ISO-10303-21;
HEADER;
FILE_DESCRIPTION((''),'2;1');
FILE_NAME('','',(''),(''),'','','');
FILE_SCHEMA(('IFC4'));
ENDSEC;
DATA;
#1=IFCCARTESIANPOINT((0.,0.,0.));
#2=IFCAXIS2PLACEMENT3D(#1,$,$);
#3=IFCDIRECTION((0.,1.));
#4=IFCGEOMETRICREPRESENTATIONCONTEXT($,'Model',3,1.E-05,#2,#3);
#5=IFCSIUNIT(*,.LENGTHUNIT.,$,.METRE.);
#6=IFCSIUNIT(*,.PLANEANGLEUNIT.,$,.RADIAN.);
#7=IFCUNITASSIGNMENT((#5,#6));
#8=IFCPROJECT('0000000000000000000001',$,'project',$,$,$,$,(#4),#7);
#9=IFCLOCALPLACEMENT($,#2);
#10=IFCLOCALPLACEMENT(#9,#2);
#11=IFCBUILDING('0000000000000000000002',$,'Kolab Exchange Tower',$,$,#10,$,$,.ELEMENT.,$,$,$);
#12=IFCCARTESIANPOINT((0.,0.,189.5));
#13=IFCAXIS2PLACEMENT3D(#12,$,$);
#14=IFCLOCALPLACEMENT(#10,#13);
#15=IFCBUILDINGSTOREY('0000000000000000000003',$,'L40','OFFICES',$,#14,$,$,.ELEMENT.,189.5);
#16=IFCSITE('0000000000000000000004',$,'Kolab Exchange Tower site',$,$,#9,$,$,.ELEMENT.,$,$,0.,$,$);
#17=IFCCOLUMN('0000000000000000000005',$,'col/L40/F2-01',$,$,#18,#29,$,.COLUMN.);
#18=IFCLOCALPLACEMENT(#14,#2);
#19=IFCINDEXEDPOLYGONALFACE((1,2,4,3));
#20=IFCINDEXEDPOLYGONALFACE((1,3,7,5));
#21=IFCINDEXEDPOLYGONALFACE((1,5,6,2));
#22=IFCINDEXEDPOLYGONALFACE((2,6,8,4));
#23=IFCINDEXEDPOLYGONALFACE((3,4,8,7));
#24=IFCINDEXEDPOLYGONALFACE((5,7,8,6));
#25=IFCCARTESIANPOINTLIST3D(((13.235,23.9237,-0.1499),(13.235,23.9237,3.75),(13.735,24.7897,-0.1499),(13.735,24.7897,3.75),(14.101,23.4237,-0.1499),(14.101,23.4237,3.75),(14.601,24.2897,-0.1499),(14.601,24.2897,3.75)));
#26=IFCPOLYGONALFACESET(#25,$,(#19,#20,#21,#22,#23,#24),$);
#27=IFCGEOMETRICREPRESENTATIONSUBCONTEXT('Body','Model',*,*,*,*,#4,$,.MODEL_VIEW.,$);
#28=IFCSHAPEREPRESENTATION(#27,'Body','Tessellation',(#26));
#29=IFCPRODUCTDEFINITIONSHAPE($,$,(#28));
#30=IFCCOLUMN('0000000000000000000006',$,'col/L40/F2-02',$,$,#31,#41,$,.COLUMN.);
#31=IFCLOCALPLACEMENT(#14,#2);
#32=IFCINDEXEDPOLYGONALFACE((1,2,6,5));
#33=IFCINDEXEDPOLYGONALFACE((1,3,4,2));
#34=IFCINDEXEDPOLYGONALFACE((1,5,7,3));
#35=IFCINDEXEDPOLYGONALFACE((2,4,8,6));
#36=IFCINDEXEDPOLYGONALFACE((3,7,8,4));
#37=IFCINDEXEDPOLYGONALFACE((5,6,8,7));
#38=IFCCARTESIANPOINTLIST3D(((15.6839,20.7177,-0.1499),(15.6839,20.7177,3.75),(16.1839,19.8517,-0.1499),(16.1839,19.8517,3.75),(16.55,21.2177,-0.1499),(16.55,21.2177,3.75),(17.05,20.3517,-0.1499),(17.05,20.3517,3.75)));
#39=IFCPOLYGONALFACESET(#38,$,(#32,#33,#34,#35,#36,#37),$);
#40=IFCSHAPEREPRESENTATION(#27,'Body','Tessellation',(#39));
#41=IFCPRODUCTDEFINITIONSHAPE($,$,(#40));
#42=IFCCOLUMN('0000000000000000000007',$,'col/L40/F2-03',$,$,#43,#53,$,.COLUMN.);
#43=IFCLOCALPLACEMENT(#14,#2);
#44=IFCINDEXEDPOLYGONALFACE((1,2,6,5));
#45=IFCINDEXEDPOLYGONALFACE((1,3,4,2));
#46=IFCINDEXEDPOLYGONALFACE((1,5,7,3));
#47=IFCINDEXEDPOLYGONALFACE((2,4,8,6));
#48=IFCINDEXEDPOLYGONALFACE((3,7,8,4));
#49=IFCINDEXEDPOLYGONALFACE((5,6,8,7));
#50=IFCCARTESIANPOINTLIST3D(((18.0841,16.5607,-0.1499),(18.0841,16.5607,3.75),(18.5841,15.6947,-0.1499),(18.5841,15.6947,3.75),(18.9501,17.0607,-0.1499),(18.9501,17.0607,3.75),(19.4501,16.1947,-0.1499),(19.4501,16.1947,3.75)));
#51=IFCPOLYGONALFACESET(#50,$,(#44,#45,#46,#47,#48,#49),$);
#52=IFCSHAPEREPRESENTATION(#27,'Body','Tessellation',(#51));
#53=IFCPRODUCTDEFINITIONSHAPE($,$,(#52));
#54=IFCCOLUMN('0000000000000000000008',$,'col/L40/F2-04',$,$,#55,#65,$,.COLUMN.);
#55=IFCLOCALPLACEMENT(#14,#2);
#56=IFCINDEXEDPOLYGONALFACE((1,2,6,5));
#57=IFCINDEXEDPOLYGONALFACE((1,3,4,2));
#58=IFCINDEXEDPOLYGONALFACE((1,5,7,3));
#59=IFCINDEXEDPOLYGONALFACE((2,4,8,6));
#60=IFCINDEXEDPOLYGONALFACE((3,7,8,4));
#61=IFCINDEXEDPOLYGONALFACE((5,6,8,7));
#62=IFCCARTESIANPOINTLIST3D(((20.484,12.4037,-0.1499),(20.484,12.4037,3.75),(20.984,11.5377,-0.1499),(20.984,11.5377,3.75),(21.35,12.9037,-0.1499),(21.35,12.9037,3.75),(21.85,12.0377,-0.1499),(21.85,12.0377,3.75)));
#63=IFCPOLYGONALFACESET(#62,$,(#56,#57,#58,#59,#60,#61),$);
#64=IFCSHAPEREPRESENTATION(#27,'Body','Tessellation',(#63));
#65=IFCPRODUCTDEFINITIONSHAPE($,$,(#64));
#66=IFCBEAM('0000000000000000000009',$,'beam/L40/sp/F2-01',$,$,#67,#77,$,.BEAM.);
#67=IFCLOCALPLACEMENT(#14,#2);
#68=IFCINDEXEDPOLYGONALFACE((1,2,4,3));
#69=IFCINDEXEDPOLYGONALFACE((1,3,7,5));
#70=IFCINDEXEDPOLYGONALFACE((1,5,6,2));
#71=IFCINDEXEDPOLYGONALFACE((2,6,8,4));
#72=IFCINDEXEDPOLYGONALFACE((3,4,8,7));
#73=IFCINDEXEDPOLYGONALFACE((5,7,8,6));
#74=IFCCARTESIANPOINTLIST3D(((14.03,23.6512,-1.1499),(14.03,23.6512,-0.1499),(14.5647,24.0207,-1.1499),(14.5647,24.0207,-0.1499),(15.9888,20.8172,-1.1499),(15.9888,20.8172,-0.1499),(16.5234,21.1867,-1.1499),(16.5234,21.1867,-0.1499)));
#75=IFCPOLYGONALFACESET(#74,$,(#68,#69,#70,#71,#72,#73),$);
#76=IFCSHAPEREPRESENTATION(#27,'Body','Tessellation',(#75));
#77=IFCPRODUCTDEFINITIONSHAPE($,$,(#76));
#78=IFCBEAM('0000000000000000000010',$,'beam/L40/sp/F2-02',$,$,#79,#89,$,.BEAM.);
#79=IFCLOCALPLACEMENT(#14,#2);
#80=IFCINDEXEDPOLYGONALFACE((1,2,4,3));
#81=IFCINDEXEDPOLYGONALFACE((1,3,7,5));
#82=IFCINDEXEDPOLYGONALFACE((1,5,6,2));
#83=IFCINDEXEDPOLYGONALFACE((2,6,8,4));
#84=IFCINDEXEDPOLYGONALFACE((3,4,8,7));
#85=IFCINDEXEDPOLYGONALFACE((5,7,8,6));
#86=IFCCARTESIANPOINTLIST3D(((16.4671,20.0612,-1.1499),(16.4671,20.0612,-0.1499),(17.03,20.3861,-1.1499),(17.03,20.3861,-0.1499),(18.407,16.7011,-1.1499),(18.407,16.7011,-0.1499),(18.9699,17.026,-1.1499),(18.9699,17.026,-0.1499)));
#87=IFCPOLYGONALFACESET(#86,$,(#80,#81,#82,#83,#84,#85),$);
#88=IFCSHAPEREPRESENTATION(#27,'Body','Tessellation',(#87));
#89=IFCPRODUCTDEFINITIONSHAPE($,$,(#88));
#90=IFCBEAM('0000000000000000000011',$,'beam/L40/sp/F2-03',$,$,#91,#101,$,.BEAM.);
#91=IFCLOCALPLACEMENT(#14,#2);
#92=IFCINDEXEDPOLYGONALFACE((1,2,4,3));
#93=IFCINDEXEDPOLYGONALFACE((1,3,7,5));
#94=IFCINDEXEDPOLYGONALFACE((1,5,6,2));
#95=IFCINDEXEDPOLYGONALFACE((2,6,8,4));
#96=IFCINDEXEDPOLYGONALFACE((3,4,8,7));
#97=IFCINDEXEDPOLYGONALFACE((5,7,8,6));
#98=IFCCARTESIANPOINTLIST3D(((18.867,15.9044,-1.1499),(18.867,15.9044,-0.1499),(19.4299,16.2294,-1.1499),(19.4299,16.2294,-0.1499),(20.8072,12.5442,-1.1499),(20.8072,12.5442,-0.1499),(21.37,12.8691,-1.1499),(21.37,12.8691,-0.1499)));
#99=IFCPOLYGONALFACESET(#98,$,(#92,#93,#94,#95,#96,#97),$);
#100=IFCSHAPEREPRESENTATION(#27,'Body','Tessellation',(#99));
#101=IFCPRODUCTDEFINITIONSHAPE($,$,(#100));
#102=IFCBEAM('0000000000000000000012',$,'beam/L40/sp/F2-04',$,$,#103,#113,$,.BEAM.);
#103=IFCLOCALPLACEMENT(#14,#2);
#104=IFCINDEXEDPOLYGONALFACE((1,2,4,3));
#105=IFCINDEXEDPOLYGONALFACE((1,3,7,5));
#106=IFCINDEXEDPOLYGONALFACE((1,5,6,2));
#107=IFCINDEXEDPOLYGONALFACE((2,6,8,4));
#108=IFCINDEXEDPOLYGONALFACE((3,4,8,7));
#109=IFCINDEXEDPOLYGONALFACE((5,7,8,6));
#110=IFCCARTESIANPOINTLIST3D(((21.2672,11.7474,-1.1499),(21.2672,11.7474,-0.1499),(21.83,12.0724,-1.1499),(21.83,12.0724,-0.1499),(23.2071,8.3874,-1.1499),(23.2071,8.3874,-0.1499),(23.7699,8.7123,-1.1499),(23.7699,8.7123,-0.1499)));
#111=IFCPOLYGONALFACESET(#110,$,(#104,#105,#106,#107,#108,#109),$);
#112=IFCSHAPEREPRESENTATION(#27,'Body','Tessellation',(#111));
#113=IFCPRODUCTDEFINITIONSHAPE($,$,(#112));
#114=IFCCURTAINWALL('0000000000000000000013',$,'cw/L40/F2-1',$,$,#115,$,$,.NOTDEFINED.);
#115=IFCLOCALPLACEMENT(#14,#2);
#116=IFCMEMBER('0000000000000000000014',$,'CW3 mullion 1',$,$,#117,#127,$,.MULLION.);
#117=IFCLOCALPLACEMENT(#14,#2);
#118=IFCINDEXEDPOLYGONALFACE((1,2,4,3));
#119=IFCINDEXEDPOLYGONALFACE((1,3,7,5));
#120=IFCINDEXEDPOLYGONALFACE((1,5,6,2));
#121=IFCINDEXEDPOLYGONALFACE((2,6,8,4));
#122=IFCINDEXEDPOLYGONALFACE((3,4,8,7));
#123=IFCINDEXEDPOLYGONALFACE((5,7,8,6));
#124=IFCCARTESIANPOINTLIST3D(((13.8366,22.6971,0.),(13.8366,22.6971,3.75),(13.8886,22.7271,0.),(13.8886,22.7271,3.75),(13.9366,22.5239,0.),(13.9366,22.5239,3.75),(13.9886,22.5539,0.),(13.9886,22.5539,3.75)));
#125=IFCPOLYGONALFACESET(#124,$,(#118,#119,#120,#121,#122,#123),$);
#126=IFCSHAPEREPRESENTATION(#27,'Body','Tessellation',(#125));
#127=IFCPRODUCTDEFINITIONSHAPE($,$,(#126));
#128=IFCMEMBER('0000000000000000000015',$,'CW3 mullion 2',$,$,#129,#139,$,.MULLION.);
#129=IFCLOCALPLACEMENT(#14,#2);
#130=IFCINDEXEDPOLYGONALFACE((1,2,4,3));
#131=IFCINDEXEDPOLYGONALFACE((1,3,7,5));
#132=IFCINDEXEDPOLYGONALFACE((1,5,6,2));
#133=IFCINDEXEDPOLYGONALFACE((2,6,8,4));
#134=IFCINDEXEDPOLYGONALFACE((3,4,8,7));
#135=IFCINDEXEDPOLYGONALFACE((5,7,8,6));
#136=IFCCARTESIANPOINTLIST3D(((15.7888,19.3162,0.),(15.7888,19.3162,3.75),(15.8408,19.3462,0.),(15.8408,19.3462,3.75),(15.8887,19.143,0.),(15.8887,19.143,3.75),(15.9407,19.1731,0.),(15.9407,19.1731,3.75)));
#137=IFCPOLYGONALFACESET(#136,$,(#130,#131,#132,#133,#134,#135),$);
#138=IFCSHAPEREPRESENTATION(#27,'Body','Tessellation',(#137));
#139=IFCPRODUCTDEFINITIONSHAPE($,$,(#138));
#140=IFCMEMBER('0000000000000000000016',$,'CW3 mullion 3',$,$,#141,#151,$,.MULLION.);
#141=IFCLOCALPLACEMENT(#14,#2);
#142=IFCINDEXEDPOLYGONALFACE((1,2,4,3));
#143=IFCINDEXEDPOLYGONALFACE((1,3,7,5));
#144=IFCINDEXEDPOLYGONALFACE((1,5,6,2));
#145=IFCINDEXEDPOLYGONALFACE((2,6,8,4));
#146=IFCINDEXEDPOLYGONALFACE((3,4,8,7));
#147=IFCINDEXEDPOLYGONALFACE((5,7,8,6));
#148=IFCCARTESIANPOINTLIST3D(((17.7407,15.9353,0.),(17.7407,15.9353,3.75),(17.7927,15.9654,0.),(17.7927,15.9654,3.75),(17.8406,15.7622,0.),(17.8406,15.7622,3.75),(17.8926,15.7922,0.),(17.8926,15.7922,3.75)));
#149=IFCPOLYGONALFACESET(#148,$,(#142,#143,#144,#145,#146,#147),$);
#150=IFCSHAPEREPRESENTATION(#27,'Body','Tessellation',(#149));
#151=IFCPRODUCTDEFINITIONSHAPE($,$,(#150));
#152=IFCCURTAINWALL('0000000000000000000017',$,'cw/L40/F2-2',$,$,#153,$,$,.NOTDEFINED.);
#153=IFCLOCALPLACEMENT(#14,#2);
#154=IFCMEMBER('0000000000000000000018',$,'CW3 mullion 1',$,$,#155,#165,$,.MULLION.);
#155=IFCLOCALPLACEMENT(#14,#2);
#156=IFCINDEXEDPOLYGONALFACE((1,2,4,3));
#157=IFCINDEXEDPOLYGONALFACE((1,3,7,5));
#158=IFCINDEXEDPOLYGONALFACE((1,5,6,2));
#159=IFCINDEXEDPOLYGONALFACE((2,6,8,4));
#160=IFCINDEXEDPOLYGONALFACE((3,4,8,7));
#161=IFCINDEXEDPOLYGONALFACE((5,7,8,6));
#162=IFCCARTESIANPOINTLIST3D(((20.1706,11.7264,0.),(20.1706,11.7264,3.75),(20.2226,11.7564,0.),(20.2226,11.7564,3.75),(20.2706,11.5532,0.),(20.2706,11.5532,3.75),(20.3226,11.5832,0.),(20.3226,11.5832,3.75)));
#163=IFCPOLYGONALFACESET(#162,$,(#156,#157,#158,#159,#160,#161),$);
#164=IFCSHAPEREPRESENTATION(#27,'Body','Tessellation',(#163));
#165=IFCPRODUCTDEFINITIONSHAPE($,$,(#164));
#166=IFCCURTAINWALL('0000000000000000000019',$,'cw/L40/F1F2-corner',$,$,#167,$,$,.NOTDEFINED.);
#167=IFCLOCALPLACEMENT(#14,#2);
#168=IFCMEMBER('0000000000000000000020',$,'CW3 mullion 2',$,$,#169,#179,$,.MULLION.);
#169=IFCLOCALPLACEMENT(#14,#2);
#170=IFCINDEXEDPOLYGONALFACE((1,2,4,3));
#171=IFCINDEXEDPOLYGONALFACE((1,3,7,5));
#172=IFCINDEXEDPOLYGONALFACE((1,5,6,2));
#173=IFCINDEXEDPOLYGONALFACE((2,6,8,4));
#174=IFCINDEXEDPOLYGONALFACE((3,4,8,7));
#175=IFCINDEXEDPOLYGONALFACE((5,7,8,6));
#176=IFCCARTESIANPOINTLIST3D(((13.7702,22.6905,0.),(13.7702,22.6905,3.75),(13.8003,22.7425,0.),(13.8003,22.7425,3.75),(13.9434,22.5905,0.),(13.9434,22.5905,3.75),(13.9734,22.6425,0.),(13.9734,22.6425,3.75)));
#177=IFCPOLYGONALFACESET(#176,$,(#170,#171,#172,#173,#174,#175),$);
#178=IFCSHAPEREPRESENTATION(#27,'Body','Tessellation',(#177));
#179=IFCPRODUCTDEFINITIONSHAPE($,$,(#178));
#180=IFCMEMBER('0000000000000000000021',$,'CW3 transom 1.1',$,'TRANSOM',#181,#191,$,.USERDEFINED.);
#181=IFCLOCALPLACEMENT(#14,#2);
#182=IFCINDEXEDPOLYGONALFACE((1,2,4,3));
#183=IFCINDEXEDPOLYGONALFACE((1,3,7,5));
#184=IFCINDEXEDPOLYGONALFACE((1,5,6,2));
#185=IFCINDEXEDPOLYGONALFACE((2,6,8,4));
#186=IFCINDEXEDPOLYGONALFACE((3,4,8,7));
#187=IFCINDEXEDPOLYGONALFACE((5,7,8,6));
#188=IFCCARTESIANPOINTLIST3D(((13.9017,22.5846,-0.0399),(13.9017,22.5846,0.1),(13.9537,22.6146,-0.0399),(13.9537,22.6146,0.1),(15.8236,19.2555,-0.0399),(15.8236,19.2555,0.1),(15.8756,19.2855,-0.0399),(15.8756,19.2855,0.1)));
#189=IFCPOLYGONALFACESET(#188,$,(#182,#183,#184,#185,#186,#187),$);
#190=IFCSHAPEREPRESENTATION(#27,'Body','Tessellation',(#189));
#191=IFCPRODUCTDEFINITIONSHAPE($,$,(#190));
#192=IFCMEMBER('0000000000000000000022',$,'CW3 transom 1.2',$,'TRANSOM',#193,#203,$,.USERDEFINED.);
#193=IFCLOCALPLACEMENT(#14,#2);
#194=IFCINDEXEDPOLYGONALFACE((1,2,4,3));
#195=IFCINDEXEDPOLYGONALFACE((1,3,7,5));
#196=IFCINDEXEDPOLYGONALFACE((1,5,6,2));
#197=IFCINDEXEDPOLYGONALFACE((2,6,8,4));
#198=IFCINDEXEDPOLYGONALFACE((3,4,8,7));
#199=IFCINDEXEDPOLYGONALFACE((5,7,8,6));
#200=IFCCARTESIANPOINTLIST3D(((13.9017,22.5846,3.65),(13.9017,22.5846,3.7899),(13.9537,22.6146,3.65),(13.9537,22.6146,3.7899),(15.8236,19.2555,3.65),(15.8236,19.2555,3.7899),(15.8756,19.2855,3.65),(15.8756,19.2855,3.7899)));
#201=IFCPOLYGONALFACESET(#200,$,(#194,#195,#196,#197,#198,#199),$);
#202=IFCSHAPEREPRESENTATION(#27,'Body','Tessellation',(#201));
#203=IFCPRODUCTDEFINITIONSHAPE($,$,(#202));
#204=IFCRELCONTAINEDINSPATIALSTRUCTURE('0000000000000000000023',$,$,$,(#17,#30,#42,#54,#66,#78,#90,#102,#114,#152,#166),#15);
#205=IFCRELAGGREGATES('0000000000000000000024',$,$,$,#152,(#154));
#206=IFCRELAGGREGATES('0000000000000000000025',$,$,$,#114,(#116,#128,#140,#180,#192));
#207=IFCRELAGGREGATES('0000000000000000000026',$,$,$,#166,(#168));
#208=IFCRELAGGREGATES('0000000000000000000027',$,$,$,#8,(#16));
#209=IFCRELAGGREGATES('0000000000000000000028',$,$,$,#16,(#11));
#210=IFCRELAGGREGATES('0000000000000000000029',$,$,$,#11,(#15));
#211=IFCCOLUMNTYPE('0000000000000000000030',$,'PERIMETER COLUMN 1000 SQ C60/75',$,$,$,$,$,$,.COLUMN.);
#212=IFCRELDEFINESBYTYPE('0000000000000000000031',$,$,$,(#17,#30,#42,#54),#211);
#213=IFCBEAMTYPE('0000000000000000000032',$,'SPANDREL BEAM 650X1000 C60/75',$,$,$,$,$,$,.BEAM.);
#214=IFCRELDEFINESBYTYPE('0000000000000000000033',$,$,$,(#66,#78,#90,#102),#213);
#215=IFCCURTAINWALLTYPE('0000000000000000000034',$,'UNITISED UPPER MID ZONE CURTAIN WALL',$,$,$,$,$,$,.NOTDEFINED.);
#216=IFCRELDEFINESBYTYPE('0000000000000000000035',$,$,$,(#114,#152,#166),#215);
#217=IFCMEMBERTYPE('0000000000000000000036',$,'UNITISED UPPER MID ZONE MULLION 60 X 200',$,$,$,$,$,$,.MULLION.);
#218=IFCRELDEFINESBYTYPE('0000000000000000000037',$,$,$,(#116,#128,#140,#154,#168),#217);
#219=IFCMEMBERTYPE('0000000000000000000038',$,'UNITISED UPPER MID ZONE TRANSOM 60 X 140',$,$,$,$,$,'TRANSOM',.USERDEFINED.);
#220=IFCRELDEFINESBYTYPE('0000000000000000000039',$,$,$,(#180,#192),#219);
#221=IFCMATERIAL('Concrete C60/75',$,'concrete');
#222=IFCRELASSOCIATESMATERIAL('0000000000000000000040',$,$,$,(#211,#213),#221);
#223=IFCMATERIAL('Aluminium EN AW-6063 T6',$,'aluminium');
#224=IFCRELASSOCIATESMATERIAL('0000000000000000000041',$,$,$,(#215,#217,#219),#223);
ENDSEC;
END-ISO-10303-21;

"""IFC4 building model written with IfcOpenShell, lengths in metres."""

from ifc_helpers import new_model, si_unit, direction, frame, origin, origin_2d, place, context, subcontext, project, spatial, rectangle, extrude, material, material_profile, profile_set, type_object, element, aggregate, save


model = new_model("IFC4")

# Units and contexts
model_context = context("Model", 3, precision=1e-05, world=origin(), true_north=direction((0.0, 1.0)))
body_context = subcontext(model_context, "Body", "Model", "MODEL_VIEW")
ifc_project = project(units=[si_unit("LENGTHUNIT", "METRE"), si_unit("PLANEANGLEUNIT", "RADIAN")], contexts=[model_context])

# Site, building, storey
site_placement = place(None, origin())
site = spatial("IfcSite", under=ifc_project, at=site_placement, Name="Kolab Exchange Tower site", CompositionType="ELEMENT", RefElevation=0.0)
building_placement = place(site_placement, origin())
building = spatial("IfcBuilding", under=site, at=building_placement, Name="Kolab Exchange Tower", CompositionType="ELEMENT")
storey_placement = place(building_placement, frame((0.0, 0.0, 189.5)))
storey = spatial("IfcBuildingStorey", under=building, at=storey_placement, Name="L40", Description="OFFICES", CompositionType="ELEMENT", Elevation=189.5)

# Columns
ifc_material_1 = material(Name="Concrete C60/75", Category="concrete")
ifc_material_profile_1 = material_profile(ifc_material_1, rectangle(XDim=1.0, YDim=1.0, at=origin_2d()), Name="RC1000")
ifc_profile_set_1 = profile_set([ifc_material_profile_1], Name="Concrete C60/75")
column_type = type_object("IfcColumnType", Name="PERIMETER COLUMN 1000 SQ C60/75", PredefinedType="COLUMN", material=ifc_profile_set_1)
for number, where, z_axis, x_axis, name in (
    (1, (13.918, 24.1067, -0.1499), (0.0, 0.0, 1.0), (0.5, 0.866025, 0.0), "col/L40/F2-01"),
    (2, (16.3669, 20.5347, -0.1499), (0.0, 0.0, 1.0), (0.866025, 0.5, 0.0), "col/L40/F2-02"),
    (3, (18.7671, 16.3777, -0.1499), (0.0, 0.0, 1.0), (0.866025, 0.5, 0.0), "col/L40/F2-03"),
    (4, (21.167, 12.2207, -0.1499), (0.0, 0.0, 1.0), (0.866025, 0.5, 0.0), "col/L40/F2-04"),
):
    element("IfcColumn", number, at=place(storey_placement, frame(where, z_axis=z_axis, x_axis=x_axis)), inside=storey, type_object=column_type, Name=name, PredefinedType="COLUMN", context=body_context, shape_type="SweptSolid", body=[
        extrude(rectangle(XDim=1.0, YDim=1.0, at=origin_2d()), origin(), (0.0, 0.0, 1.0), 3.8999),
    ])

# Beams
ifc_material_profile_2 = material_profile(ifc_material_1, rectangle(XDim=0.6499, YDim=1.0, at=origin_2d()), Name="RC650X1000")
ifc_profile_set_2 = profile_set([ifc_material_profile_2], Name="Concrete C60/75")
beam_type = type_object("IfcBeamType", Name="SPANDREL BEAM 650X1000 C60/75", PredefinedType="BEAM", material=ifc_profile_set_2)
beam_1_placement = place(storey_placement, frame((14.2974, 23.8359, -0.6499), z_axis=(0.568572, -0.822633, 0.0), x_axis=(0.822633, 0.568572, 0.0)))
element("IfcBeam", 5, at=beam_1_placement, inside=storey, type_object=beam_type, Name="beam/L40/sp/F2-01", PredefinedType="BEAM", context=body_context, shape_type="SweptSolid", body=[
    extrude(rectangle(XDim=0.6499, YDim=1.0, at=origin_2d()), origin(), (0.0, 0.0, 1.0), 3.4451),
])
beam_2_placement = place(storey_placement, frame((16.7485, 20.2236, -0.6499), z_axis=(0.499997, -0.866027, 0.0), x_axis=(0.866027, 0.499997, 0.0)))
element("IfcBeam", 6, at=beam_2_placement, inside=storey, type_object=beam_type, Name="beam/L40/sp/F2-02", PredefinedType="BEAM", context=body_context, shape_type="SweptSolid", body=[
    extrude(rectangle(XDim=0.6499, YDim=1.0, at=origin_2d()), origin(), (0.0, 0.0, 1.0), 3.8799),
])
beam_3_placement = place(storey_placement, frame((19.1484, 16.0669, -0.6499), z_axis=(0.500017, -0.866016, 0.0), x_axis=(0.866016, 0.500017, 0.0)))
element("IfcBeam", 7, at=beam_3_placement, inside=storey, type_object=beam_type, Name="beam/L40/sp/F2-03", PredefinedType="BEAM", context=body_context, shape_type="SweptSolid", body=[
    extrude(rectangle(XDim=0.6499, YDim=1.0, at=origin_2d()), origin(), (0.0, 0.0, 1.0), 3.8801),
])
beam_4_placement = place(storey_placement, frame((21.5486, 11.9099, -0.6499), z_axis=(0.499997, -0.866027, 0.0), x_axis=(0.866027, 0.499997, 0.0)))
element("IfcBeam", 8, at=beam_4_placement, inside=storey, type_object=beam_type, Name="beam/L40/sp/F2-04", PredefinedType="BEAM", context=body_context, shape_type="SweptSolid", body=[
    extrude(rectangle(XDim=0.6499, YDim=1.0, at=origin_2d()), origin(), (0.0, 0.0, 1.0), 3.8799),
])

# Curtain wall, members
ifc_material_2 = material(Name="Aluminium EN AW-6063 T6", Category="aluminium")
curtain_wall_type = type_object("IfcCurtainWallType", Name="UNITISED UPPER MID ZONE CURTAIN WALL", PredefinedType="NOTDEFINED", material=ifc_material_2)
curtain_wall_1_placement = place(storey_placement, origin())
curtain_wall_1 = element("IfcCurtainWall", 9, at=curtain_wall_1_placement, inside=storey, type_object=curtain_wall_type, Name="cw/L40/F2-1", PredefinedType="NOTDEFINED")
ifc_material_profile_3 = material_profile(ifc_material_2, rectangle(XDim=0.0601, YDim=0.2, at=origin_2d()), Name="RECT 60X200")
ifc_profile_set_3 = profile_set([ifc_material_profile_3], Name="Aluminium EN AW-6063 T6")
member_type_1 = type_object("IfcMemberType", Name="UNITISED UPPER MID ZONE MULLION 60 X 200", PredefinedType="MULLION", material=ifc_profile_set_3)
member_1_placement = place(storey_placement, frame((13.9126, 22.6255, 0.0), z_axis=(0.0, 0.0, 1.0), x_axis=(0.866025, 0.5, 0.0)))
member_1 = element("IfcMember", 10, at=member_1_placement, type_object=member_type_1, Name="CW3 mullion 1", PredefinedType="MULLION", context=body_context, shape_type="SweptSolid", body=[
    extrude(rectangle(XDim=0.0601, YDim=0.2, at=origin_2d()), origin(), (0.0, 0.0, 1.0), 3.75),
])
member_2_placement = place(storey_placement, frame((15.8647, 19.2446, 0.0), z_axis=(0.0, 0.0, 1.0), x_axis=(0.866025, 0.5, 0.0)))
member_2 = element("IfcMember", 11, at=member_2_placement, type_object=member_type_1, Name="CW3 mullion 2", PredefinedType="MULLION", context=body_context, shape_type="SweptSolid", body=[
    extrude(rectangle(XDim=0.0601, YDim=0.2, at=origin_2d()), origin(), (0.0, 0.0, 1.0), 3.75),
])
member_3_placement = place(storey_placement, frame((17.8167, 15.8638, 0.0), z_axis=(0.0, 0.0, 1.0), x_axis=(0.866025, 0.5, 0.0)))
member_3 = element("IfcMember", 12, at=member_3_placement, type_object=member_type_1, Name="CW3 mullion 3", PredefinedType="MULLION", context=body_context, shape_type="SweptSolid", body=[
    extrude(rectangle(XDim=0.0601, YDim=0.2, at=origin_2d()), origin(), (0.0, 0.0, 1.0), 3.75),
])

# Curtain walls, members
curtain_wall_2_placement = place(storey_placement, origin())
curtain_wall_2 = element("IfcCurtainWall", 13, at=curtain_wall_2_placement, inside=storey, type_object=curtain_wall_type, Name="cw/L40/F2-2", PredefinedType="NOTDEFINED")
member_4_placement = place(storey_placement, frame((20.2466, 11.6548, 0.0), z_axis=(0.0, 0.0, 1.0), x_axis=(0.866025, 0.5, 0.0)))
member_4 = element("IfcMember", 14, at=member_4_placement, type_object=member_type_1, Name="CW3 mullion 1", PredefinedType="MULLION", context=body_context, shape_type="SweptSolid", body=[
    extrude(rectangle(XDim=0.0601, YDim=0.2, at=origin_2d()), origin(), (0.0, 0.0, 1.0), 3.75),
])
aggregate(curtain_wall_2, [member_4])
curtain_wall_3_placement = place(storey_placement, origin())
curtain_wall_3 = element("IfcCurtainWall", 15, at=curtain_wall_3_placement, inside=storey, type_object=curtain_wall_type, Name="cw/L40/F1F2-corner", PredefinedType="NOTDEFINED")
member_5_placement = place(storey_placement, frame((13.8718, 22.6665, 0.0), z_axis=(0.0, 0.0, 1.0), x_axis=(0.5, 0.866025, 0.0)))
member_5 = element("IfcMember", 16, at=member_5_placement, type_object=member_type_1, Name="CW3 mullion 2", PredefinedType="MULLION", context=body_context, shape_type="SweptSolid", body=[
    extrude(rectangle(XDim=0.0601, YDim=0.2, at=origin_2d()), origin(), (0.0, 0.0, 1.0), 3.75),
])

# Members
ifc_material_profile_4 = material_profile(ifc_material_2, rectangle(XDim=0.0601, YDim=0.1399, at=origin_2d()), Name="RECT 60X140")
ifc_profile_set_4 = profile_set([ifc_material_profile_4], Name="Aluminium EN AW-6063 T6")
member_type_2 = type_object("IfcMemberType", Name="UNITISED UPPER MID ZONE TRANSOM 60 X 140", ElementType="TRANSOM", PredefinedType="USERDEFINED", material=ifc_profile_set_4)
member_6_placement = place(storey_placement, frame((13.9277, 22.5996, 0.03), z_axis=(0.499964, -0.866046, 0.0), x_axis=(0.866046, 0.499964, 0.0)))
member_6 = element("IfcMember", 17, at=member_6_placement, type_object=member_type_2, Name="CW3 transom 1.1", ObjectType="TRANSOM", PredefinedType="USERDEFINED", context=body_context, shape_type="SweptSolid", body=[
    extrude(rectangle(XDim=0.0601, YDim=0.1399, at=origin_2d()), origin(), (0.0, 0.0, 1.0), 3.844),
])
member_7_placement = place(storey_placement, frame((13.9277, 22.5996, 3.72), z_axis=(0.499964, -0.866046, 0.0), x_axis=(0.866046, 0.499964, 0.0)))
member_7 = element("IfcMember", 18, at=member_7_placement, type_object=member_type_2, Name="CW3 transom 1.2", ObjectType="TRANSOM", PredefinedType="USERDEFINED", context=body_context, shape_type="SweptSolid", body=[
    extrude(rectangle(XDim=0.0601, YDim=0.1399, at=origin_2d()), origin(), (0.0, 0.0, 1.0), 3.844),
])

aggregate(curtain_wall_1, [member_1, member_2, member_3, member_6, member_7])
aggregate(curtain_wall_3, [member_5])

save(model, "model.ifc")
